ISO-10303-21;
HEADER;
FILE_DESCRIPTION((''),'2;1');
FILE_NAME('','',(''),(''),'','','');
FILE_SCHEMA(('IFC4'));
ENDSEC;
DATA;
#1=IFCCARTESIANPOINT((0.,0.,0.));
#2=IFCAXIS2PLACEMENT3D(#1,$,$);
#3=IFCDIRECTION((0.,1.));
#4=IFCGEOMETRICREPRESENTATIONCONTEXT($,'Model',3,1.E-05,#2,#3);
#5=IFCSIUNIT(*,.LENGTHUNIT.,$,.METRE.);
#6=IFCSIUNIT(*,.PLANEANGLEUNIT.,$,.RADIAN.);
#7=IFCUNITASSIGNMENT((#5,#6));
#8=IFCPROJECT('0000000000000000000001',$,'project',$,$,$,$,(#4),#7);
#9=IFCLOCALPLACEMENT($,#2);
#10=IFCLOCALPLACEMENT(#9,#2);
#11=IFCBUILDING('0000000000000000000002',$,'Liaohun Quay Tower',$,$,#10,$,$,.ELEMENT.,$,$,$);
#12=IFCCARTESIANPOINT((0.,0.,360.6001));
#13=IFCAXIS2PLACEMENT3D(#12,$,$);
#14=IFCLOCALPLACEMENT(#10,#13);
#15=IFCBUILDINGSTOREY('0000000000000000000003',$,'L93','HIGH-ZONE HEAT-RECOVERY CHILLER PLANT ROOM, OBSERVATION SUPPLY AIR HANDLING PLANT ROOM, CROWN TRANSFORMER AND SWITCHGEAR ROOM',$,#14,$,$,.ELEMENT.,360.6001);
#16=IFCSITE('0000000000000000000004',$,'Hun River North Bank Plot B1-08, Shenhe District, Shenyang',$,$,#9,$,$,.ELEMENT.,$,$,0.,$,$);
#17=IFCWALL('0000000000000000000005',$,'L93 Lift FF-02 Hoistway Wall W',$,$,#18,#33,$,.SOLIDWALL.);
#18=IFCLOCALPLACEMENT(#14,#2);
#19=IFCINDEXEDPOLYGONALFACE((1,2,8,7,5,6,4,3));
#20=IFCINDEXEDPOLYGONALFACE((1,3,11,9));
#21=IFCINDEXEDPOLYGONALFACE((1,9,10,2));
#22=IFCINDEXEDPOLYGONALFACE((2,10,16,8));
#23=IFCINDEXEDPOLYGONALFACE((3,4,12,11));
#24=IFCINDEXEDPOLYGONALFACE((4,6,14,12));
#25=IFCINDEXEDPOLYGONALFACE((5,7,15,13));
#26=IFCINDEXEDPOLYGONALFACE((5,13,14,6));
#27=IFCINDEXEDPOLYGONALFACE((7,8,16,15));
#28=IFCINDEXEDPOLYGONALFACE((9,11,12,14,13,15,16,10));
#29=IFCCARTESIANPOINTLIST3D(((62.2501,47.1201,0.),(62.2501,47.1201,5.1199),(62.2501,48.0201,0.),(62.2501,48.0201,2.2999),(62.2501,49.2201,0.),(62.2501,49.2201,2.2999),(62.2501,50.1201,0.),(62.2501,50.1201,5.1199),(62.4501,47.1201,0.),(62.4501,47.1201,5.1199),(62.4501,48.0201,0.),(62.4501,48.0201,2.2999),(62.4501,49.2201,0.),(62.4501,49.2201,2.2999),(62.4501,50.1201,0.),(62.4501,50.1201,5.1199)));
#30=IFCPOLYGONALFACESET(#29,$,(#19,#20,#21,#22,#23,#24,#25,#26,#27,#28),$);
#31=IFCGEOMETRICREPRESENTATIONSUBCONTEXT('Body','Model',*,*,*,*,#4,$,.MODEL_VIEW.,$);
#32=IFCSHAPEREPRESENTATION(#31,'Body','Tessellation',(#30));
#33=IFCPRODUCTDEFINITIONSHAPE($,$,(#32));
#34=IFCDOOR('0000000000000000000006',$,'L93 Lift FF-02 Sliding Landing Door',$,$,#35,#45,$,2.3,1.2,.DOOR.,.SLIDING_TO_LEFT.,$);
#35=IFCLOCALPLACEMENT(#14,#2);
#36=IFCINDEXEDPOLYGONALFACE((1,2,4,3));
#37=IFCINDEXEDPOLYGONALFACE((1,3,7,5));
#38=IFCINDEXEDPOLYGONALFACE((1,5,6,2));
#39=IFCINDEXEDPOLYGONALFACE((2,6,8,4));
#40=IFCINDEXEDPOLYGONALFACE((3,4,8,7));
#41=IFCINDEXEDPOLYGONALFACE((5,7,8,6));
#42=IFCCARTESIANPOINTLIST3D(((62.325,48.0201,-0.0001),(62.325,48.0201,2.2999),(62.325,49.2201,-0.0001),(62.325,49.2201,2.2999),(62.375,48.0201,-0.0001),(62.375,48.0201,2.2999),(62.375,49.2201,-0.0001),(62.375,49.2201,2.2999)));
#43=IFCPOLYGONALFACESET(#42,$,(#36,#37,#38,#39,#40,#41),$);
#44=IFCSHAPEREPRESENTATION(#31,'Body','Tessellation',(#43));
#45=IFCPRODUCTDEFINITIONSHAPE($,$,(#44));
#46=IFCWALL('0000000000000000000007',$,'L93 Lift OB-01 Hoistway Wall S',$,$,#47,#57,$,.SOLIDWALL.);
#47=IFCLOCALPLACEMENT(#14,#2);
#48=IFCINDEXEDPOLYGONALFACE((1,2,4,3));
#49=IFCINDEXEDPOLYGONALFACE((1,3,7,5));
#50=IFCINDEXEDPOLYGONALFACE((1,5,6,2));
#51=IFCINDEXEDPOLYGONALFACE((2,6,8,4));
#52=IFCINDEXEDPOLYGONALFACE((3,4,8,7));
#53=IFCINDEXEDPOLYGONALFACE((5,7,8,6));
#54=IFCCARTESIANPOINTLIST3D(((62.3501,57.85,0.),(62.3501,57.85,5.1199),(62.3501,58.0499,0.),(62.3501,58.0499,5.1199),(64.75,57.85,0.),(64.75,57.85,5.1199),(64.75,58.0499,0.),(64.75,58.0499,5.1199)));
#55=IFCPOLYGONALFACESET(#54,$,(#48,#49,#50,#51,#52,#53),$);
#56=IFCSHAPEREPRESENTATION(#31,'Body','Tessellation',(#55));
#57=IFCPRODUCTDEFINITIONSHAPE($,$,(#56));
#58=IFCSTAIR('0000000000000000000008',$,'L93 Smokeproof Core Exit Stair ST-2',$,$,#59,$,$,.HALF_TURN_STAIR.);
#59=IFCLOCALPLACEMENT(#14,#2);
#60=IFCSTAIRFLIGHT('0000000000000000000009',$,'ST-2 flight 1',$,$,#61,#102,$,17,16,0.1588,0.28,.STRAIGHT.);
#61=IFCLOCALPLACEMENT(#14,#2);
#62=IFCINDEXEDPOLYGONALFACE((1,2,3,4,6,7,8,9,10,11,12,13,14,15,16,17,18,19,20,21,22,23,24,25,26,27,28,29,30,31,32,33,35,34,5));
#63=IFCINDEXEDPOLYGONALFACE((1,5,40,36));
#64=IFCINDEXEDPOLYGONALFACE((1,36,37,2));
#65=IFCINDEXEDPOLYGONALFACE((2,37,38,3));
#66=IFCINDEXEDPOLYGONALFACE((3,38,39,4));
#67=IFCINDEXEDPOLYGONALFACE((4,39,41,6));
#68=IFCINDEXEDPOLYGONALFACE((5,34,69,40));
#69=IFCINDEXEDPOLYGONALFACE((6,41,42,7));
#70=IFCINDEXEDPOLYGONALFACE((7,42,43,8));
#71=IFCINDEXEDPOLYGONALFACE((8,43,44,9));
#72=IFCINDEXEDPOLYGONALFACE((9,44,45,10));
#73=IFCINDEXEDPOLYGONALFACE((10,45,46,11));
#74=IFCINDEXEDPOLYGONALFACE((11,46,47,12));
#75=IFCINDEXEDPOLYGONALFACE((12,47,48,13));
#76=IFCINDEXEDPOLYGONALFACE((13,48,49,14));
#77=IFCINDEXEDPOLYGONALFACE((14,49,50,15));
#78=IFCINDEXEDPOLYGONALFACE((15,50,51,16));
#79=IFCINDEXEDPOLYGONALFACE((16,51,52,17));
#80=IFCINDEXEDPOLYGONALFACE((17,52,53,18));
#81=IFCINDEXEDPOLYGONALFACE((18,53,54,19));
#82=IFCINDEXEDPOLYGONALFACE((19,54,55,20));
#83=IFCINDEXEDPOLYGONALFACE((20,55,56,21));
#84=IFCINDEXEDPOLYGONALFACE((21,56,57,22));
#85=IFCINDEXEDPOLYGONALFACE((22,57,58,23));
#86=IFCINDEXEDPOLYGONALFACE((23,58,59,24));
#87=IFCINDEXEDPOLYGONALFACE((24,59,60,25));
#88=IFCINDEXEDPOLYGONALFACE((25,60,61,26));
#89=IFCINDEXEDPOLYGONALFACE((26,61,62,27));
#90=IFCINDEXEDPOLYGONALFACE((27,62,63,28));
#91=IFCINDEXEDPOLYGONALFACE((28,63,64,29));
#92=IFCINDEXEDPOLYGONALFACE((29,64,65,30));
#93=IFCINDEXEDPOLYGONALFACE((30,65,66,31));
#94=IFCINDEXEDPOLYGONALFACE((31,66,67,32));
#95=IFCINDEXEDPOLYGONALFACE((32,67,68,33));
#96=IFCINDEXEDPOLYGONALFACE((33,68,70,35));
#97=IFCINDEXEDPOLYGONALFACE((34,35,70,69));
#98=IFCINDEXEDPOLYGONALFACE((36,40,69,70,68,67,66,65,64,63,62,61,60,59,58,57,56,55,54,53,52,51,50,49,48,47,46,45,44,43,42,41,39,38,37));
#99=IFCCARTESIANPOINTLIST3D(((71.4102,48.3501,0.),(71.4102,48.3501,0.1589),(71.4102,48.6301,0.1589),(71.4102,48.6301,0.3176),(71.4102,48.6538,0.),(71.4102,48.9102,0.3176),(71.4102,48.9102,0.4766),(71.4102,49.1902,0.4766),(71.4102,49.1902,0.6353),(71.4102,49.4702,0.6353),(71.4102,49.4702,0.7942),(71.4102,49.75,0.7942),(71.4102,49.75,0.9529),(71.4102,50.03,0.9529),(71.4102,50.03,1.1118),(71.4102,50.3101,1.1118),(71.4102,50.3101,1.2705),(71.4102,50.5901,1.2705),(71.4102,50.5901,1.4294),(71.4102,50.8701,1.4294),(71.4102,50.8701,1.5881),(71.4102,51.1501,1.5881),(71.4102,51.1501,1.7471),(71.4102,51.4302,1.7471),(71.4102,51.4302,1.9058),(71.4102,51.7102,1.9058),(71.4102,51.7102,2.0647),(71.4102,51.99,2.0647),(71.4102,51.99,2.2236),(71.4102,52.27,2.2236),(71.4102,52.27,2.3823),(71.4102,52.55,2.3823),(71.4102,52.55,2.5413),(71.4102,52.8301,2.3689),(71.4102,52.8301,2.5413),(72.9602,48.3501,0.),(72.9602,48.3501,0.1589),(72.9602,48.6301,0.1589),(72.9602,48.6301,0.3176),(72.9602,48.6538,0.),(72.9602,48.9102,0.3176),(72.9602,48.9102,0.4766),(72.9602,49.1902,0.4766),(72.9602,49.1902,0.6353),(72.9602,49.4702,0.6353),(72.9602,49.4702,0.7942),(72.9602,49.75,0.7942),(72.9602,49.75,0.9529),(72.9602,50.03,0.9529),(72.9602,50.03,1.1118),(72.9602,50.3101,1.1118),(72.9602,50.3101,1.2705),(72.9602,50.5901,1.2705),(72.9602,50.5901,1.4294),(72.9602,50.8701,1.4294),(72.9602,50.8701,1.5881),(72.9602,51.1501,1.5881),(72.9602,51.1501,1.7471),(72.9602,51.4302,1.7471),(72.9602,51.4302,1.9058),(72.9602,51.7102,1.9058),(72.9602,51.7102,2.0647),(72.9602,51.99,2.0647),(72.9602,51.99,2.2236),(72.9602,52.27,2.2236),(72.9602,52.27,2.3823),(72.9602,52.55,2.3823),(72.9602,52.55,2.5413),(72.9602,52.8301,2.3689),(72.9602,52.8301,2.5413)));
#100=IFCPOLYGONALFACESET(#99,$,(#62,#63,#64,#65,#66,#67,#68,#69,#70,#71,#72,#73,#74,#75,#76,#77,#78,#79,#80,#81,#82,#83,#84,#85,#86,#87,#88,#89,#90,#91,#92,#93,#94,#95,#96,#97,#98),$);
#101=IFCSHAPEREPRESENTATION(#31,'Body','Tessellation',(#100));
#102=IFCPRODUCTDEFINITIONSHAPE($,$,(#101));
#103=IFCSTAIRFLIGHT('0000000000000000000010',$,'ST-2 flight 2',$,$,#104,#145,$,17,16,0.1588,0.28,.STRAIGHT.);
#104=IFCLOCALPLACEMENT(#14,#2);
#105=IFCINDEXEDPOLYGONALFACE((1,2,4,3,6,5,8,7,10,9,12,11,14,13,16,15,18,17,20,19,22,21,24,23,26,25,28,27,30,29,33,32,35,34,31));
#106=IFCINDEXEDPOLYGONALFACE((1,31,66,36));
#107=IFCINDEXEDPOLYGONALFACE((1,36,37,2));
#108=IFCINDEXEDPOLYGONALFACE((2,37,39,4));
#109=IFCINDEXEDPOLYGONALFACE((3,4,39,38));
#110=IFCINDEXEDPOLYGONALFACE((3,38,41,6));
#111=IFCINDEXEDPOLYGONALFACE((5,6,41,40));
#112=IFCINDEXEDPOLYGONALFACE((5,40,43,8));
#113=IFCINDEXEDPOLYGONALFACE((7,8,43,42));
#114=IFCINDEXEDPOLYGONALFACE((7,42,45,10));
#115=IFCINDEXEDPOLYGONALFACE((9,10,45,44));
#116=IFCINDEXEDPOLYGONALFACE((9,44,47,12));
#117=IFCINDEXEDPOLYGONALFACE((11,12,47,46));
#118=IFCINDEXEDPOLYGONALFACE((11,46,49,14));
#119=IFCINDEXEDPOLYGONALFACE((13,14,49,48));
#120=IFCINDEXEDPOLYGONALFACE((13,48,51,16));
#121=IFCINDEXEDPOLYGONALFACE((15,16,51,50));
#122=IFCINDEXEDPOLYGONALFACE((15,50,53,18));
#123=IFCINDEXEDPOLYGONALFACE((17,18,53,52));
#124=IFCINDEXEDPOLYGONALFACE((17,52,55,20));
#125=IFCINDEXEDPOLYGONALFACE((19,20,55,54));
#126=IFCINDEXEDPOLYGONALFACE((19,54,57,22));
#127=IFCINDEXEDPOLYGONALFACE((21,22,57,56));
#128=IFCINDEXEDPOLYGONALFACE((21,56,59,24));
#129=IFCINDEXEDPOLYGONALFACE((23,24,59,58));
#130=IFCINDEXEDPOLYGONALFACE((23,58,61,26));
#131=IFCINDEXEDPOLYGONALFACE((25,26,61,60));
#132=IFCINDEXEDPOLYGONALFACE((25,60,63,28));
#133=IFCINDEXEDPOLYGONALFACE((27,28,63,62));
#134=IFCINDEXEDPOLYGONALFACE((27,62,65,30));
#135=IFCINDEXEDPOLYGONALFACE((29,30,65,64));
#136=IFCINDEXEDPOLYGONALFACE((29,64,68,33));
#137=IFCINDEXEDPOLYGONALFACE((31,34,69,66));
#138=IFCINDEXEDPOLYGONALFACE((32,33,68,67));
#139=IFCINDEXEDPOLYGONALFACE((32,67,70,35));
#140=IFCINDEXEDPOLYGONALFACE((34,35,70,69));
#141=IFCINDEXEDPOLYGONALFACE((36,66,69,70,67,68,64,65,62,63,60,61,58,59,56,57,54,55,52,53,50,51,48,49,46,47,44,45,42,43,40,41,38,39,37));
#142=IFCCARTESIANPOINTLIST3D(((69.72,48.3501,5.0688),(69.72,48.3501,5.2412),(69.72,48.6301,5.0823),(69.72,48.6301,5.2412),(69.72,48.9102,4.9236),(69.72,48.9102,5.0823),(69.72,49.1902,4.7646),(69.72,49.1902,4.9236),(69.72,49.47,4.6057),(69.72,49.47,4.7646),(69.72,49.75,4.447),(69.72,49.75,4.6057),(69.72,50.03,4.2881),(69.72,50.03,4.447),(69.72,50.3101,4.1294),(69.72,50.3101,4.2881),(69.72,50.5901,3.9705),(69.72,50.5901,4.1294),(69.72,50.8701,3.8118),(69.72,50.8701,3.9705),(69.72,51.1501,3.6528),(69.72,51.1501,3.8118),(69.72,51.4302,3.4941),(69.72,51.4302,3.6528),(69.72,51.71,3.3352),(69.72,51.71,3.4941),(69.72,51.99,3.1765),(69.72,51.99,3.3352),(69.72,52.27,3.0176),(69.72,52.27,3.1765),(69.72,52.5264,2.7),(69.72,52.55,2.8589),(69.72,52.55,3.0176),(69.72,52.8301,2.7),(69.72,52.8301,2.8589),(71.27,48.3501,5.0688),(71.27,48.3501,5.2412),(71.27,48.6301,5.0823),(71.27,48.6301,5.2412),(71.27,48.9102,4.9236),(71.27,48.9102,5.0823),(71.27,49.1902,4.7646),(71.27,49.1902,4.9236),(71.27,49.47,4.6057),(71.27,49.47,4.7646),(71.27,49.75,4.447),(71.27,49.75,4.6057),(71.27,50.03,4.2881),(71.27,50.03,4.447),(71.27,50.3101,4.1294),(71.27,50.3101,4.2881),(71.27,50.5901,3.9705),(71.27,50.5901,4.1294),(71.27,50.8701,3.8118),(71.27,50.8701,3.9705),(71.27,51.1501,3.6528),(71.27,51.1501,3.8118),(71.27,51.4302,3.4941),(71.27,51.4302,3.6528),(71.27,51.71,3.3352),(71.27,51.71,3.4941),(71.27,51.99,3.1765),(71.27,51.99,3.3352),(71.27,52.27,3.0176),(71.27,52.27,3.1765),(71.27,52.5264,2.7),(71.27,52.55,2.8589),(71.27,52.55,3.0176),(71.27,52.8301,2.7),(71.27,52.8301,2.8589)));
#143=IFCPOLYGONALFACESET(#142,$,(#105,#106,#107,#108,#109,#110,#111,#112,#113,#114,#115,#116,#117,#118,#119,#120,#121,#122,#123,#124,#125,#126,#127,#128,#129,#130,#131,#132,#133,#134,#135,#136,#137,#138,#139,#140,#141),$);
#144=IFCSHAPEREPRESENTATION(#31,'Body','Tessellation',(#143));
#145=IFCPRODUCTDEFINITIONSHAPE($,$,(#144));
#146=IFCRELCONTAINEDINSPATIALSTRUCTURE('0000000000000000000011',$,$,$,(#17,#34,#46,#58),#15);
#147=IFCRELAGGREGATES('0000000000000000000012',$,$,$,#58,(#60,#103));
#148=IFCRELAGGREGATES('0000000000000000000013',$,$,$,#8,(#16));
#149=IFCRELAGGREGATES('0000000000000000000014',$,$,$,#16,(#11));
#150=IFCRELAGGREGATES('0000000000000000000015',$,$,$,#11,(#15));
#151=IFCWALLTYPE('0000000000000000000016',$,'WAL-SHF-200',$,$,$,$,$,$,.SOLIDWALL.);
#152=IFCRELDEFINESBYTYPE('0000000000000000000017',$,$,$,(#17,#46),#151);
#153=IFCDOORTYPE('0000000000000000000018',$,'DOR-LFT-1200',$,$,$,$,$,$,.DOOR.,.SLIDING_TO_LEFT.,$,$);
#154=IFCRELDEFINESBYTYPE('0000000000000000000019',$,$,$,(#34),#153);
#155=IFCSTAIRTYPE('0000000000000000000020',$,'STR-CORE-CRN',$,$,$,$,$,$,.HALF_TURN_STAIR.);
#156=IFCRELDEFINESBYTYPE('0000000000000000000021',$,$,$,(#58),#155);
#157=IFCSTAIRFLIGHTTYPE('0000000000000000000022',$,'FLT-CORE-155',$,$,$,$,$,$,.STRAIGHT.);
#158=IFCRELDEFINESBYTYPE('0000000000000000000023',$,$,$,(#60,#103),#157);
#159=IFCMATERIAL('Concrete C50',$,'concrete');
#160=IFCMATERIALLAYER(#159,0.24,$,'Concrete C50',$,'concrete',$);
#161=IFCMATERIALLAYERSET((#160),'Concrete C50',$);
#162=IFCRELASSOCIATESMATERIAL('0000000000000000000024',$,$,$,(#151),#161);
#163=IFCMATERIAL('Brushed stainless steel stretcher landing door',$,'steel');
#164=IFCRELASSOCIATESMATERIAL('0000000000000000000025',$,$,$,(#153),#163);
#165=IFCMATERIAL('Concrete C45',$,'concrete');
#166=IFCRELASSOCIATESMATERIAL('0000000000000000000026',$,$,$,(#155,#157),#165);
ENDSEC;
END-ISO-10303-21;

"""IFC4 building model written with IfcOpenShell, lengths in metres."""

from ifc_helpers import new_model, si_unit, direction, frame, frame_2d, origin, place, context, subcontext, project, spatial, polyline, rectangle, outline, extrude, source, transform, mapped, material, layer, layer_set, type_object, element, fill, aggregate, save


model = new_model("IFC4")

# Units and contexts
model_context = context("Model", 3, precision=1e-05, world=origin(), true_north=direction((0.0, 1.0)))
body_context = subcontext(model_context, "Body", "Model", "MODEL_VIEW")
ifc_project = project(units=[si_unit("LENGTHUNIT", "METRE"), si_unit("PLANEANGLEUNIT", "RADIAN")], contexts=[model_context])

# Site, building, storey
site_placement = place(None, origin())
site = spatial("IfcSite", under=ifc_project, at=site_placement, Name="Hun River North Bank Plot B1-08, Shenhe District, Shenyang", CompositionType="ELEMENT", RefElevation=0.0)
building_placement = place(site_placement, origin())
building = spatial("IfcBuilding", under=site, at=building_placement, Name="Liaohun Quay Tower", CompositionType="ELEMENT")
storey_placement = place(building_placement, frame((0.0, 0.0, 360.6001)))
storey = spatial("IfcBuildingStorey", under=building, at=storey_placement, Name="L93", Description="HIGH-ZONE HEAT-RECOVERY CHILLER PLANT ROOM, OBSERVATION SUPPLY AIR HANDLING PLANT ROOM, CROWN TRANSFORMER AND SWITCHGEAR ROOM", CompositionType="ELEMENT", Elevation=360.6001)

# Shared definitions
ifc_material_1 = material(Name="Concrete C50", Category="concrete")
ifc_layer_1 = layer(ifc_material_1, 0.24, Name="Concrete C50", Category="concrete")
ifc_layer_set_1 = layer_set([ifc_layer_1], Name="Concrete C50")
wall_type_1 = type_object("IfcWallType", Name="WAL-SHF-200", PredefinedType="SOLIDWALL", material=ifc_layer_set_1)

# Wall, opening, door
wall_1_placement = place(storey_placement, frame((62.3501, 50.1201, 0.0), z_axis=(0.0, 0.0, 1.0), x_axis=(0.0, -1.0, 0.0)))
wall_1 = element("IfcWall", 1, at=wall_1_placement, inside=storey, type_object=wall_type_1, Name="L93 Lift FF-02 Hoistway Wall W", PredefinedType="SOLIDWALL", context=body_context, shape_type="SweptSolid", body=[
    extrude(rectangle(XDim=3.0, YDim=0.2, at=frame_2d((1.5, 0.0))), origin(), (0.0, 0.0, 1.0), 5.1199),
])
shared_shape_1 = source(origin(), body_context, "Body", "SweptSolid", [
    extrude(rectangle(XDim=1.2, YDim=2.3, at=frame_2d((0.6001, 1.1499))), frame((0.0, 0.1099, 0.0), z_axis=(0.0, -1.0, 0.0), x_axis=(1.0, 0.0, 0.0)), (0.0, 0.0, 1.0), 0.22),
])
opening_1_placement = place(wall_1_placement, frame((0.8999, 0.0, 0.0)))
opening_1 = element("IfcOpeningElement", 2, at=opening_1_placement, cuts=wall_1, PredefinedType="OPENING", context=body_context, shape_type="MappedRepresentation", body=[
    mapped(shared_shape_1, transform((0.0, 0.0, 0.0), x_axis=(1.0, 0.0, 0.0), y_axis=(0.0, 1.0, 0.0), z_axis=(0.0, 0.0, 1.0), scale=1.0)),
])
ifc_material_2 = material(Name="Brushed stainless steel stretcher landing door", Category="steel")
door_type_1 = type_object("IfcDoorType", Name="DOR-LFT-1200", OperationType="SLIDING_TO_LEFT", PredefinedType="DOOR", material=ifc_material_2)
shared_shape_2 = source(origin(), body_context, "Body", "SweptSolid", [
    extrude(rectangle(XDim=1.2, YDim=2.3, at=frame_2d((0.6001, 1.1499))), frame((0.0, 0.0249, 0.0), z_axis=(0.0, -1.0, 0.0), x_axis=(1.0, 0.0, 0.0)), (0.0, 0.0, 1.0), 0.05),
])
door_1_placement = place(opening_1_placement, origin())
door_1 = element("IfcDoor", 3, at=door_1_placement, inside=storey, type_object=door_type_1, Name="L93 Lift FF-02 Sliding Landing Door", OperationType="SLIDING_TO_LEFT", OverallHeight=2.3, OverallWidth=1.2, PredefinedType="DOOR", context=body_context, shape_type="MappedRepresentation", body=[
    mapped(shared_shape_2, transform((0.0, 0.0, 0.0), x_axis=(1.0, 0.0, 0.0), y_axis=(0.0, 1.0, 0.0), z_axis=(0.0, 0.0, 1.0), scale=1.0)),
])
fill(opening_1, door_1)

# Wall
wall_2_placement = place(storey_placement, frame((62.3501, 57.95, 0.0), z_axis=(0.0, 0.0, 1.0), x_axis=(1.0, 0.0, 0.0)))
element("IfcWall", 4, at=wall_2_placement, inside=storey, type_object=wall_type_1, Name="L93 Lift OB-01 Hoistway Wall S", PredefinedType="SOLIDWALL", context=body_context, shape_type="SweptSolid", body=[
    extrude(rectangle(XDim=2.3999, YDim=0.2, at=frame_2d((1.2, 0.0))), origin(), (0.0, 0.0, 1.0), 5.1199),
])

# Stair, stair flights
ifc_material_3 = material(Name="Concrete C45", Category="concrete")
stair_type = type_object("IfcStairType", Name="STR-CORE-CRN", PredefinedType="HALF_TURN_STAIR", material=ifc_material_3)
stair_placement = place(storey_placement, origin())
stair = element("IfcStair", 5, at=stair_placement, inside=storey, type_object=stair_type, Name="L93 Smokeproof Core Exit Stair ST-2", PredefinedType="HALF_TURN_STAIR")
stair_flight_type = type_object("IfcStairFlightType", Name="FLT-CORE-155", PredefinedType="STRAIGHT", material=ifc_material_3)
stair_flight_1_placement = place(storey_placement, frame((72.1851, 48.3501, 0.0), z_axis=(0.0, 0.0, 1.0), x_axis=(0.0, 1.0, 0.0)))
stair_flight_1 = element("IfcStairFlight", 6, at=stair_flight_1_placement, type_object=stair_flight_type, Name="ST-2 flight 1", NumberOfRisers=17, NumberOfTreads=16, PredefinedType="STRAIGHT", RiserHeight=0.1588, TreadLength=0.28, context=body_context, shape_type="SweptSolid", body=[
    extrude(outline(polyline([(0.0, 0.0), (0.0, 0.1589), (0.28, 0.1589), (0.28, 0.3176), (0.5601, 0.3176), (0.5601, 0.4766), (0.8401, 0.4766), (0.8401, 0.6353), (1.1201, 0.6353), (1.1201, 0.7942), (1.3999, 0.7942), (1.3999, 0.9529), (1.6799, 0.9529), (1.6799, 1.1118), (1.96, 1.1118), (1.96, 1.2705), (2.24, 1.2705), (2.24, 1.4294), (2.52, 1.4294), (2.52, 1.5881), (2.8, 1.5881), (2.8, 1.7471), (3.0801, 1.7471), (3.0801, 1.9058), (3.3601, 1.9058), (3.3601, 2.0647), (3.6399, 2.0647), (3.6399, 2.2236), (3.9199, 2.2236), (3.9199, 2.3823), (4.2, 2.3823), (4.2, 2.5413), (4.48, 2.5413), (4.48, 2.7), (4.48, 2.3689), (0.3037, 0.0), (0.0, 0.0)])), frame((0.0, 0.7749, 0.0), z_axis=(0.0, -1.0, 0.0), x_axis=(1.0, 0.0, 0.0)), (0.0, 0.0, 1.0), 1.55),
])
stair_flight_2_placement = place(storey_placement, frame((70.4951, 52.8301, 2.7), z_axis=(0.0, 0.0, 1.0), x_axis=(0.0, -1.0, 0.0)))
stair_flight_2 = element("IfcStairFlight", 7, at=stair_flight_2_placement, type_object=stair_flight_type, Name="ST-2 flight 2", NumberOfRisers=17, NumberOfTreads=16, PredefinedType="STRAIGHT", RiserHeight=0.1588, TreadLength=0.28, context=body_context, shape_type="SweptSolid", body=[
    extrude(outline(polyline([(0.0, 0.0), (0.0, 0.1589), (0.28, 0.1589), (0.28, 0.3176), (0.5601, 0.3176), (0.5601, 0.4766), (0.8401, 0.4766), (0.8401, 0.6353), (1.1201, 0.6353), (1.1201, 0.7942), (1.3999, 0.7942), (1.3999, 0.9529), (1.6799, 0.9529), (1.6799, 1.1118), (1.96, 1.1118), (1.96, 1.2705), (2.24, 1.2705), (2.24, 1.4294), (2.52, 1.4294), (2.52, 1.5881), (2.8, 1.5881), (2.8, 1.7471), (3.0801, 1.7471), (3.0801, 1.9058), (3.3601, 1.9058), (3.3601, 2.0647), (3.6399, 2.0647), (3.6399, 2.2236), (3.9199, 2.2236), (3.9199, 2.3823), (4.2, 2.3823), (4.2, 2.5413), (4.48, 2.5413), (4.48, 2.7), (4.48, 2.3689), (0.3037, 0.0), (0.0, 0.0)])), frame((0.0, 0.7749, 0.0), z_axis=(0.0, -1.0, 0.0), x_axis=(1.0, 0.0, 0.0)), (0.0, 0.0, 1.0), 1.55),
])
aggregate(stair, [stair_flight_1, stair_flight_2])

save(model, "model.ifc")
